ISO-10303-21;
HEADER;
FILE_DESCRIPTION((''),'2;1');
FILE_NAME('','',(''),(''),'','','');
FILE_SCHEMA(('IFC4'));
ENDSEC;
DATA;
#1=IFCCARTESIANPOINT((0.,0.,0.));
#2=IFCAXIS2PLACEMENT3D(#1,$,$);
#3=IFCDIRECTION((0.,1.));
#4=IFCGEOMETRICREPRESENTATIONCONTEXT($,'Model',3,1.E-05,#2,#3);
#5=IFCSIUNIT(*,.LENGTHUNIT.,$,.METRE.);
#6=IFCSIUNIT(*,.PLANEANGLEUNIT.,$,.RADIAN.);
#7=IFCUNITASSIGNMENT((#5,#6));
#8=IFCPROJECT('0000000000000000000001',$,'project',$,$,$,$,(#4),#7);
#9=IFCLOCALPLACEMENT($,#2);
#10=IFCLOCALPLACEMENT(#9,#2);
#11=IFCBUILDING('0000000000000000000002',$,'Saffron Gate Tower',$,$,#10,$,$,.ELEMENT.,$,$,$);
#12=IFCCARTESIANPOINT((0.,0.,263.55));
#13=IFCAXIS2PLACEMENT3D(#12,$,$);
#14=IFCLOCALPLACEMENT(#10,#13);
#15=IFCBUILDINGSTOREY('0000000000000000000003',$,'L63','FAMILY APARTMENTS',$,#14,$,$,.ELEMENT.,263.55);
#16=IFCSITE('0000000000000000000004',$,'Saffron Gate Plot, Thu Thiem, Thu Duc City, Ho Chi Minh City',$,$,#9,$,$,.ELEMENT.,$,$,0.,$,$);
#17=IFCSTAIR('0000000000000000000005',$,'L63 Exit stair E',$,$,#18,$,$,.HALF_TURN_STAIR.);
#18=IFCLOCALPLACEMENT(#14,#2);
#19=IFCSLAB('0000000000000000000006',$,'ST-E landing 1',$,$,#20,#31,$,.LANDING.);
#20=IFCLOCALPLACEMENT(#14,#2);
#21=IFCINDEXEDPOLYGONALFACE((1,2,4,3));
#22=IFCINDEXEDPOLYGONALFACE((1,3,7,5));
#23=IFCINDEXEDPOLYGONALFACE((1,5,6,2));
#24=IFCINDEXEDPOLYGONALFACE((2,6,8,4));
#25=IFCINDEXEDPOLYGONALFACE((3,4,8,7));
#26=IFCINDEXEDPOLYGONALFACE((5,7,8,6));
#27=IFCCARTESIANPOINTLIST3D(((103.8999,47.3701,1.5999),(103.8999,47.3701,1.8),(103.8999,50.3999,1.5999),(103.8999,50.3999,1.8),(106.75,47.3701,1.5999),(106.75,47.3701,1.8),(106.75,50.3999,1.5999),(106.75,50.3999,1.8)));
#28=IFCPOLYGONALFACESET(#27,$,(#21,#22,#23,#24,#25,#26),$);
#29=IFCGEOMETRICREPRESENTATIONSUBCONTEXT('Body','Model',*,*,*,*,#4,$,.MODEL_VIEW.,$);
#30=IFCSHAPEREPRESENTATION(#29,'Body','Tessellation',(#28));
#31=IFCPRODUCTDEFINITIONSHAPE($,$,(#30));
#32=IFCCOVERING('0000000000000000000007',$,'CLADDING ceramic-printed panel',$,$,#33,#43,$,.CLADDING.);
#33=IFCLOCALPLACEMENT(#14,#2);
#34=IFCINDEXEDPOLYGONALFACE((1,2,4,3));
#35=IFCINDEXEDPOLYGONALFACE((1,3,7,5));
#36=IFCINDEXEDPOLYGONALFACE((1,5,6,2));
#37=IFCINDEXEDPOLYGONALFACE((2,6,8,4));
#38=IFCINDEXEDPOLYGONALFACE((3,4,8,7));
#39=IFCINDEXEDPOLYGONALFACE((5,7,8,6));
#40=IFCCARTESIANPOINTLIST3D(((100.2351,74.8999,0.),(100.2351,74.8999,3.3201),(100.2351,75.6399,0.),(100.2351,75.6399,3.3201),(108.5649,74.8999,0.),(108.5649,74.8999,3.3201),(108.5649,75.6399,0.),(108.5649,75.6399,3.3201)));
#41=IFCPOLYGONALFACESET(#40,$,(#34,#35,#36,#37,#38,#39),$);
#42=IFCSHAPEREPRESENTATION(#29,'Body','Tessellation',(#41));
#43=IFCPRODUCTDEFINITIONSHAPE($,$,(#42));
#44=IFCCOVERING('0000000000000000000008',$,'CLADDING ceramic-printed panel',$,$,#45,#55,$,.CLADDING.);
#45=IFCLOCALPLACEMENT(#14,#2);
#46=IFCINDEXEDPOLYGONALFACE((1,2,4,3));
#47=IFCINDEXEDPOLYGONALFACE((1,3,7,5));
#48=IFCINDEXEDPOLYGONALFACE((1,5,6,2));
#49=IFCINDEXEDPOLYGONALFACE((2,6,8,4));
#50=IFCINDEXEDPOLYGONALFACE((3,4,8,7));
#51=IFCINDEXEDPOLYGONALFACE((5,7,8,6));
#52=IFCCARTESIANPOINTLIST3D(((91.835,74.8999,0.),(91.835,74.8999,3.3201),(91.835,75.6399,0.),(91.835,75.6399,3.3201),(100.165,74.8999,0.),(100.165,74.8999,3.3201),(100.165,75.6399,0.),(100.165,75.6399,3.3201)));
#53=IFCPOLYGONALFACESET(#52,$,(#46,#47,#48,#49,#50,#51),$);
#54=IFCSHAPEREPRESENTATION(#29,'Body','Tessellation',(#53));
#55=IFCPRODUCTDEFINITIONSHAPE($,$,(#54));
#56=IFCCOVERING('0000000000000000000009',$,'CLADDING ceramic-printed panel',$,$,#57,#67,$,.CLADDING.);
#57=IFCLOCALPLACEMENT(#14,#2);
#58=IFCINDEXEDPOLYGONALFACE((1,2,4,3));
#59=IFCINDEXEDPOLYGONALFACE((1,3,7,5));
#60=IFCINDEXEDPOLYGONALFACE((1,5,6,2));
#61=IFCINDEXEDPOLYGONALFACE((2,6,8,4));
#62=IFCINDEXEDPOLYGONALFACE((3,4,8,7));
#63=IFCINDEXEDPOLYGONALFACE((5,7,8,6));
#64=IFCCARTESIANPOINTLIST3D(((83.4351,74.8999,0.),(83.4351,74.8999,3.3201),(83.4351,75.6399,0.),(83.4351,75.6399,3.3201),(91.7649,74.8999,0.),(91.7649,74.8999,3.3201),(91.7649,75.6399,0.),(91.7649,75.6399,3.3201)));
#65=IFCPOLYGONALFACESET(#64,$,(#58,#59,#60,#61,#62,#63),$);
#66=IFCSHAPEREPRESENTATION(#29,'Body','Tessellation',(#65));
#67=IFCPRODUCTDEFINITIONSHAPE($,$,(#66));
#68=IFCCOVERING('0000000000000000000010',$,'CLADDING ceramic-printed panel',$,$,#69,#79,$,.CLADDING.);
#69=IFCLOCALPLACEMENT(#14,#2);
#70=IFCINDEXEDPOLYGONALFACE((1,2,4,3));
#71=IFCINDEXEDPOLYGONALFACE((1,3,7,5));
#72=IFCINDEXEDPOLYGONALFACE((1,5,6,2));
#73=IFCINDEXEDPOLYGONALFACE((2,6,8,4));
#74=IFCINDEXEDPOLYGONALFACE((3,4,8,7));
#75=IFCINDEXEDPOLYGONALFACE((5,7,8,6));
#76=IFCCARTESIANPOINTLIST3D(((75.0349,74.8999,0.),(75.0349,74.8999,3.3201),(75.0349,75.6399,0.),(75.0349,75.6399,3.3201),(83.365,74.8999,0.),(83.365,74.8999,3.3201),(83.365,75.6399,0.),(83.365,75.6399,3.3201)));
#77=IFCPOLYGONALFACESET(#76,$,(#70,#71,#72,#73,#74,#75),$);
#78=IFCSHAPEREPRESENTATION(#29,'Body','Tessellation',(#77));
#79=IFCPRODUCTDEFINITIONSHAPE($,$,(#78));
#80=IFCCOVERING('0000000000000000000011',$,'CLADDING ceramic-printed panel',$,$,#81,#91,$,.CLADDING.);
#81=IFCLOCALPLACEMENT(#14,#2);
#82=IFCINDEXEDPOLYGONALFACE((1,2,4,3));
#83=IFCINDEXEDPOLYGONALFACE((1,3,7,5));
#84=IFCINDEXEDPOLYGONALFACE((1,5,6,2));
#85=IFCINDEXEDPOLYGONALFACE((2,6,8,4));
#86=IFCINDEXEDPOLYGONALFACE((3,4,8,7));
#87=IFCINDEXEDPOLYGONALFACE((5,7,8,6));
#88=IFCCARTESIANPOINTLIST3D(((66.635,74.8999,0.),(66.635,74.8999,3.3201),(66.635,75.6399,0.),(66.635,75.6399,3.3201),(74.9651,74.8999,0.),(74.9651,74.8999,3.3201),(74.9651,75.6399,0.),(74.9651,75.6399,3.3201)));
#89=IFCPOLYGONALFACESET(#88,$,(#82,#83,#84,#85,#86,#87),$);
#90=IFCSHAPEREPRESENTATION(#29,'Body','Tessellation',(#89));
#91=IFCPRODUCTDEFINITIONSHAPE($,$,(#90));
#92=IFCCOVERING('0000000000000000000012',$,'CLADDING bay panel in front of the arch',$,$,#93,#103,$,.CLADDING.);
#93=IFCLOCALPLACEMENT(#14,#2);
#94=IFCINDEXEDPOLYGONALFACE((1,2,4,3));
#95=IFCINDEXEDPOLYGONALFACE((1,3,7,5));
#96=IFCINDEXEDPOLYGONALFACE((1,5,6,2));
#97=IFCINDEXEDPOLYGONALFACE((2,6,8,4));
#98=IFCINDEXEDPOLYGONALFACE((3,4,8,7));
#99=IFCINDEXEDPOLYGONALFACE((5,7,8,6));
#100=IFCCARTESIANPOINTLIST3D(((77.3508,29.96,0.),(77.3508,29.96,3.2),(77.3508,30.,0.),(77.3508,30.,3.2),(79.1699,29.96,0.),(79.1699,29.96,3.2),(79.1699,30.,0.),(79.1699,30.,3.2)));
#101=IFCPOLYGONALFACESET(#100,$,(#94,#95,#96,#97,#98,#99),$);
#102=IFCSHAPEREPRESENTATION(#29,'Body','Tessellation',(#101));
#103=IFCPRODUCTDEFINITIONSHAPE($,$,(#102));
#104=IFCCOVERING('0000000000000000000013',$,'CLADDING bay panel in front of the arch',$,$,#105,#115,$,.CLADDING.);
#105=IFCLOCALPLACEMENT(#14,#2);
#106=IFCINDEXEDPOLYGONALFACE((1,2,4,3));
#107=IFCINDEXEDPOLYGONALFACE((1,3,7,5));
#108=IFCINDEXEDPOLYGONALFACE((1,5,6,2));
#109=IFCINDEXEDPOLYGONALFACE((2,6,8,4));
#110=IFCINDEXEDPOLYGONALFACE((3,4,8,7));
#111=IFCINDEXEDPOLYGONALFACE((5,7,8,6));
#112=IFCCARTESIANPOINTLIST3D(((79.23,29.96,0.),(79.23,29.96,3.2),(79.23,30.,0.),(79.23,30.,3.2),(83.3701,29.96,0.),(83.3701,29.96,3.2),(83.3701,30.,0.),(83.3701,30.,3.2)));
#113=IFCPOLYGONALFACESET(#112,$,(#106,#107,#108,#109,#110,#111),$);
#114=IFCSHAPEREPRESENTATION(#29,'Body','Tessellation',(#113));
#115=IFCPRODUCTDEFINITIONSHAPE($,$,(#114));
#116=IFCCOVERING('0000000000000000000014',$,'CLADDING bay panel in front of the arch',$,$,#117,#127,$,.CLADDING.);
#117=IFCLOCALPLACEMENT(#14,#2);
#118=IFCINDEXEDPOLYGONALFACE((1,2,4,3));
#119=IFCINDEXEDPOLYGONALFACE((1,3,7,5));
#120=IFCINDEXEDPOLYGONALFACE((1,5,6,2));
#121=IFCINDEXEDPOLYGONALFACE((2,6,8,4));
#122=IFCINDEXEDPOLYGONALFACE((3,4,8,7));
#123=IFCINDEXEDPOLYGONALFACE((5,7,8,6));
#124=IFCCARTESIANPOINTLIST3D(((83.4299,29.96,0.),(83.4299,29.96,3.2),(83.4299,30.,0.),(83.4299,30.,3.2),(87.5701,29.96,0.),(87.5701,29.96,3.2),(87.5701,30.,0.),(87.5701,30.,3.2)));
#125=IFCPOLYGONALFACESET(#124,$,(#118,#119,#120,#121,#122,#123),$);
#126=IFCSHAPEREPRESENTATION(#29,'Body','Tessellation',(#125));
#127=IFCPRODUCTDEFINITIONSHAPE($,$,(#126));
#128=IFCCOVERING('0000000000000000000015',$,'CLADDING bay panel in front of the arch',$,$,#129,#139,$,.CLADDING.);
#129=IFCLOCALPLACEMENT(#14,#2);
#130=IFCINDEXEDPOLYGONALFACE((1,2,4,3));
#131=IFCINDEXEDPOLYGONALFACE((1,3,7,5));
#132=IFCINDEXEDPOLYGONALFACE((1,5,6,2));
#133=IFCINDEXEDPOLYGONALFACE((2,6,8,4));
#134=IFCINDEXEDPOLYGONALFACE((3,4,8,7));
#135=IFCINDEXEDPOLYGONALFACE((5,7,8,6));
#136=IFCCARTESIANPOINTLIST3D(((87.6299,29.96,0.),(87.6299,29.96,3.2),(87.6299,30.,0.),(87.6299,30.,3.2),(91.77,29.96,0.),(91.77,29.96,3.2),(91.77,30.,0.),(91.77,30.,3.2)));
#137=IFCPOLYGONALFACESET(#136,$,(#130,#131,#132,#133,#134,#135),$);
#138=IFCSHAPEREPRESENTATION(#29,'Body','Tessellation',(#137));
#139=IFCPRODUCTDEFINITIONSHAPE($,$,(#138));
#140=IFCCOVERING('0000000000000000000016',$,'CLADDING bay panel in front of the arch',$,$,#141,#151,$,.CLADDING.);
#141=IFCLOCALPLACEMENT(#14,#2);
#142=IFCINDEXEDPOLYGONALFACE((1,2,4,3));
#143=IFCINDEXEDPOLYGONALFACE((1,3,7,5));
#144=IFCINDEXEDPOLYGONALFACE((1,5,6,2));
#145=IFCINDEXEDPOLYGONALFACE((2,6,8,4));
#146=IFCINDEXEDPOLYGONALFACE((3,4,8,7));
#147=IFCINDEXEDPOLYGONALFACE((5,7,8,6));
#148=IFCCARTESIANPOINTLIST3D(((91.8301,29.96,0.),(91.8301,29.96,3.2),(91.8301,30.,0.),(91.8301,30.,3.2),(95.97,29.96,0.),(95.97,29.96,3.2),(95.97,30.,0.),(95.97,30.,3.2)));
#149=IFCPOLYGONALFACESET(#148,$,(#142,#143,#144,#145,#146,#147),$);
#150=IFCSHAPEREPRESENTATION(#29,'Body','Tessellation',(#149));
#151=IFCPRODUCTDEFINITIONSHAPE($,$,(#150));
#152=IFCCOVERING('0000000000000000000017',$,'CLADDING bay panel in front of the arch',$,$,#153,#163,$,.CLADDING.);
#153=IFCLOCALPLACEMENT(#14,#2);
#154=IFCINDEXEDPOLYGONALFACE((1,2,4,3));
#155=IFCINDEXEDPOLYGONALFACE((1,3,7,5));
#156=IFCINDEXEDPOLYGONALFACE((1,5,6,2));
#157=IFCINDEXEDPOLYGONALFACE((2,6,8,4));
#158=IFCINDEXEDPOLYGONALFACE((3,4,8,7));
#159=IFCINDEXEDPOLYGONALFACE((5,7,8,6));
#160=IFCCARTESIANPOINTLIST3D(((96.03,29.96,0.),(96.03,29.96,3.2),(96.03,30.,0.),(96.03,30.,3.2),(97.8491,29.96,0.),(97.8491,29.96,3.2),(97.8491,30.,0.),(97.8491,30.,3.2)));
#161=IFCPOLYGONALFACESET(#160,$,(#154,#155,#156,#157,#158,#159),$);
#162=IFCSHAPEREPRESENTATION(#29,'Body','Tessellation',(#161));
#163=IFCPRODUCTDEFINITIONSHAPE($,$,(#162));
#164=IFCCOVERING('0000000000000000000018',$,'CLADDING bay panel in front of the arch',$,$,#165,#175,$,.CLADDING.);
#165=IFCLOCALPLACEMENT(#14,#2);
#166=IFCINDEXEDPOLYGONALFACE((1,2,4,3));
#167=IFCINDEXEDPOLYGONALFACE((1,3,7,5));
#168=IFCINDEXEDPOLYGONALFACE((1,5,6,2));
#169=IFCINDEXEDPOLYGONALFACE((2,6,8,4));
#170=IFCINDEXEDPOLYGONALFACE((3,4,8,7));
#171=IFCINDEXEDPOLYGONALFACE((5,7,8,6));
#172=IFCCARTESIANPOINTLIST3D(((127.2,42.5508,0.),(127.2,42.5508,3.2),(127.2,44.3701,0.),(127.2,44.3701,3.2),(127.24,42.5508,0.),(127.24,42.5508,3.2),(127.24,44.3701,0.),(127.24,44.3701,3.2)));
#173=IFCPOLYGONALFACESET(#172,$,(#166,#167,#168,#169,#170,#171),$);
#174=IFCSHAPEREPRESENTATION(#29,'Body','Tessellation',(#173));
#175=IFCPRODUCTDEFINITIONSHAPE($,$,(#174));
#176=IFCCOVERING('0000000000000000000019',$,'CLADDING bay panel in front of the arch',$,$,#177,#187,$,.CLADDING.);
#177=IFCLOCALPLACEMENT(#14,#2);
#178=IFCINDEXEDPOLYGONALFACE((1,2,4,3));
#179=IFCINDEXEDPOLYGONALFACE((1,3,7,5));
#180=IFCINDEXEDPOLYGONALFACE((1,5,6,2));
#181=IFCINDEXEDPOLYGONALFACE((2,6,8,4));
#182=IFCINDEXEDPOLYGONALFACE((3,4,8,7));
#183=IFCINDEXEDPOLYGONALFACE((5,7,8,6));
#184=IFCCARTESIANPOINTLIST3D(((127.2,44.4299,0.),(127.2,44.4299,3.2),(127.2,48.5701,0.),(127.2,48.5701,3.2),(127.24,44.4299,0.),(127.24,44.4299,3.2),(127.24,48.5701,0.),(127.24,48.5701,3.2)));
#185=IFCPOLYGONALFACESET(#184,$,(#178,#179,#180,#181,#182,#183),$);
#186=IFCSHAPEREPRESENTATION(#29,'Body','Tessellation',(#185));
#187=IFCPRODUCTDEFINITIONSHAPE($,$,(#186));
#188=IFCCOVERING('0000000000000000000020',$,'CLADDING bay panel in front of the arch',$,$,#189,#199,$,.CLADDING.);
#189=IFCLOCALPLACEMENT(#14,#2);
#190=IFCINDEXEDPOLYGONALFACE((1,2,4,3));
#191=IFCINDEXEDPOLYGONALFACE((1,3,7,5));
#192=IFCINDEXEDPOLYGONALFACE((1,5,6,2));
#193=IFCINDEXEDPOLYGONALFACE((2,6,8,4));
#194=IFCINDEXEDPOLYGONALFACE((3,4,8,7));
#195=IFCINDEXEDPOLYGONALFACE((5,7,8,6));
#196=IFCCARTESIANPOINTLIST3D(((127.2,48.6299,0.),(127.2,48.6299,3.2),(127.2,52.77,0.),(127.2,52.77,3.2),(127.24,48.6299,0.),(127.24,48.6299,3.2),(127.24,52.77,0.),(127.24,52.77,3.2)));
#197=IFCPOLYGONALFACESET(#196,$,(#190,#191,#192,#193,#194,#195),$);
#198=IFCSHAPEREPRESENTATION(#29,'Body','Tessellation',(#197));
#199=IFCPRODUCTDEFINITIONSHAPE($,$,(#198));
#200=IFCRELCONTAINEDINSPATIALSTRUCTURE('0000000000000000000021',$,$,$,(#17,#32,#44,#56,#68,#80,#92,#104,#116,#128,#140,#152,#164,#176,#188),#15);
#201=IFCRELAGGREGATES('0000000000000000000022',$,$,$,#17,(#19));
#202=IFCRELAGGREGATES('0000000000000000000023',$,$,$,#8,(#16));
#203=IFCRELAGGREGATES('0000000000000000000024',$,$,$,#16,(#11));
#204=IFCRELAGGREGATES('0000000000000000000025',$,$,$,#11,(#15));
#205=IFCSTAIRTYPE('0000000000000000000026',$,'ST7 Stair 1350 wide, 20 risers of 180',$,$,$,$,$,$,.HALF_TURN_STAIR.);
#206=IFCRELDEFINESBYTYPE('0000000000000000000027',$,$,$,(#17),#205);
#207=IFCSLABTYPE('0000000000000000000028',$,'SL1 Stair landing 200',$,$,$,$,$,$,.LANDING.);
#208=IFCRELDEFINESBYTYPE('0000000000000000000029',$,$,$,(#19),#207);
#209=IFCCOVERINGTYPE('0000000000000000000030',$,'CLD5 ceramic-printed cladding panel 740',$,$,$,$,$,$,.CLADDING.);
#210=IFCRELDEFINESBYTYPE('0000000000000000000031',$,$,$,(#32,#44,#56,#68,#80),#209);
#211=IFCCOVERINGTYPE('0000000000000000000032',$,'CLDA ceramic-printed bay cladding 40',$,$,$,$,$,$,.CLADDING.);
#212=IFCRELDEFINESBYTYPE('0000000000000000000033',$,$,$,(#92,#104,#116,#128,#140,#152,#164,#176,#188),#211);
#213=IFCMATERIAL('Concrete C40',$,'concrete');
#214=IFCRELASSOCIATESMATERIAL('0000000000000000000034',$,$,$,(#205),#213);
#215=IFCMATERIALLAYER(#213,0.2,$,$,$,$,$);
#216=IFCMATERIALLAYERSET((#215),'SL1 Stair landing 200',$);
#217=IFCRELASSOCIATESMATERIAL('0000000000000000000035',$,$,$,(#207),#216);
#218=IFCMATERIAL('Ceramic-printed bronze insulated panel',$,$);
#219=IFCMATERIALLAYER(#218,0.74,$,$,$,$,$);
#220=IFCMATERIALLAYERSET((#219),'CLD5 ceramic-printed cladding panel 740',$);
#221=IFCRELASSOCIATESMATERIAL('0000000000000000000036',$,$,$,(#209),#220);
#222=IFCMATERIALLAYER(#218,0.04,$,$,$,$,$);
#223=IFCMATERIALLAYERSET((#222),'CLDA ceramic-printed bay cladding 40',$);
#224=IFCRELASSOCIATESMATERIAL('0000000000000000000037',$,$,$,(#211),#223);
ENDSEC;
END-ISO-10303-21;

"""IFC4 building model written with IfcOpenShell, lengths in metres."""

from ifc_helpers import new_model, si_unit, direction, frame, origin, place, context, subcontext, project, spatial, polyline, outline, extrude, material, layer, layer_set, type_object, element, aggregate, save


model = new_model("IFC4")

# Units and contexts
model_context = context("Model", 3, precision=1e-05, world=origin(), true_north=direction((0.0, 1.0)))
body_context = subcontext(model_context, "Body", "Model", "MODEL_VIEW")
ifc_project = project(units=[si_unit("LENGTHUNIT", "METRE"), si_unit("PLANEANGLEUNIT", "RADIAN")], contexts=[model_context])

# Site, building, storey
site_placement = place(None, origin())
site = spatial("IfcSite", under=ifc_project, at=site_placement, Name="Saffron Gate Plot, Thu Thiem, Thu Duc City, Ho Chi Minh City", CompositionType="ELEMENT", RefElevation=0.0)
building_placement = place(site_placement, origin())
building = spatial("IfcBuilding", under=site, at=building_placement, Name="Saffron Gate Tower", CompositionType="ELEMENT")
storey_placement = place(building_placement, frame((0.0, 0.0, 263.55)))
storey = spatial("IfcBuildingStorey", under=building, at=storey_placement, Name="L63", Description="FAMILY APARTMENTS", CompositionType="ELEMENT", Elevation=263.55)

# Shared definitions
ifc_material_1 = material(Name="Concrete C40", Category="concrete")

# Stair, slab
stair_type = type_object("IfcStairType", Name="ST7 Stair 1350 wide, 20 risers of 180", PredefinedType="HALF_TURN_STAIR", material=ifc_material_1)
ifc_layer_1 = layer(ifc_material_1, 0.2)
ifc_layer_set_1 = layer_set([ifc_layer_1], Name="SL1 Stair landing 200")
slab_type_1 = type_object("IfcSlabType", Name="SL1 Stair landing 200", PredefinedType="LANDING", material=ifc_layer_set_1)
stair_1_placement = place(storey_placement, origin())
stair_1 = element("IfcStair", 1, at=stair_1_placement, inside=storey, type_object=stair_type, Name="L63 Exit stair E", PredefinedType="HALF_TURN_STAIR")
slab_1_placement = place(storey_placement, frame((0.0, 0.0, 1.5999)))
slab_1 = element("IfcSlab", 2, at=slab_1_placement, type_object=slab_type_1, Name="ST-E landing 1", PredefinedType="LANDING", context=body_context, shape_type="SweptSolid", body=[
    extrude(outline(polyline([(106.75, 47.3701), (106.75, 50.3999), (103.8999, 50.3999), (103.8999, 47.3701), (106.75, 47.3701)])), origin(), (0.0, 0.0, 1.0), 0.2002),
])
aggregate(stair_1, [slab_1])

# Coverings
ifc_material_2 = material(Name="Ceramic-printed bronze insulated panel")
ifc_layer_2 = layer(ifc_material_2, 0.74)
ifc_layer_set_2 = layer_set([ifc_layer_2], Name="CLD5 ceramic-printed cladding panel 740")
covering_type_1 = type_object("IfcCoveringType", Name="CLD5 ceramic-printed cladding panel 740", PredefinedType="CLADDING", material=ifc_layer_set_2)
covering_1_placement = place(storey_placement, origin())
element("IfcCovering", 3, at=covering_1_placement, inside=storey, type_object=covering_type_1, Name="CLADDING ceramic-printed panel", PredefinedType="CLADDING", context=body_context, shape_type="SweptSolid", body=[
    extrude(outline(polyline([(108.5649, 75.6399), (100.2351, 75.6399), (100.2351, 74.8999), (108.5649, 74.8999), (108.5649, 75.6399)])), origin(), (0.0, 0.0, 1.0), 3.3201),
])
covering_2_placement = place(storey_placement, origin())
element("IfcCovering", 4, at=covering_2_placement, inside=storey, type_object=covering_type_1, Name="CLADDING ceramic-printed panel", PredefinedType="CLADDING", context=body_context, shape_type="SweptSolid", body=[
    extrude(outline(polyline([(100.165, 75.6399), (91.835, 75.6399), (91.835, 74.8999), (100.165, 74.8999), (100.165, 75.6399)])), origin(), (0.0, 0.0, 1.0), 3.3201),
])
covering_3_placement = place(storey_placement, origin())
element("IfcCovering", 5, at=covering_3_placement, inside=storey, type_object=covering_type_1, Name="CLADDING ceramic-printed panel", PredefinedType="CLADDING", context=body_context, shape_type="SweptSolid", body=[
    extrude(outline(polyline([(91.7649, 75.6399), (83.4351, 75.6399), (83.4351, 74.8999), (91.7649, 74.8999), (91.7649, 75.6399)])), origin(), (0.0, 0.0, 1.0), 3.3201),
])
covering_4_placement = place(storey_placement, origin())
element("IfcCovering", 6, at=covering_4_placement, inside=storey, type_object=covering_type_1, Name="CLADDING ceramic-printed panel", PredefinedType="CLADDING", context=body_context, shape_type="SweptSolid", body=[
    extrude(outline(polyline([(83.365, 75.6399), (75.0349, 75.6399), (75.0349, 74.8999), (83.365, 74.8999), (83.365, 75.6399)])), origin(), (0.0, 0.0, 1.0), 3.3201),
])
covering_5_placement = place(storey_placement, origin())
element("IfcCovering", 7, at=covering_5_placement, inside=storey, type_object=covering_type_1, Name="CLADDING ceramic-printed panel", PredefinedType="CLADDING", context=body_context, shape_type="SweptSolid", body=[
    extrude(outline(polyline([(74.9651, 75.6399), (66.635, 75.6399), (66.635, 74.8999), (74.9651, 74.8999), (74.9651, 75.6399)])), origin(), (0.0, 0.0, 1.0), 3.3201),
])
ifc_layer_3 = layer(ifc_material_2, 0.04)
ifc_layer_set_3 = layer_set([ifc_layer_3], Name="CLDA ceramic-printed bay cladding 40")
covering_type_2 = type_object("IfcCoveringType", Name="CLDA ceramic-printed bay cladding 40", PredefinedType="CLADDING", material=ifc_layer_set_3)
covering_6_placement = place(storey_placement, origin())
element("IfcCovering", 8, at=covering_6_placement, inside=storey, type_object=covering_type_2, Name="CLADDING bay panel in front of the arch", PredefinedType="CLADDING", context=body_context, shape_type="SweptSolid", body=[
    extrude(outline(polyline([(77.3508, 29.96), (79.1699, 29.96), (79.1699, 30.0), (77.3508, 30.0), (77.3508, 29.96)])), origin(), (0.0, 0.0, 1.0), 3.2),
])
covering_7_placement = place(storey_placement, origin())
element("IfcCovering", 9, at=covering_7_placement, inside=storey, type_object=covering_type_2, Name="CLADDING bay panel in front of the arch", PredefinedType="CLADDING", context=body_context, shape_type="SweptSolid", body=[
    extrude(outline(polyline([(79.23, 29.96), (83.3701, 29.96), (83.3701, 30.0), (79.23, 30.0), (79.23, 29.96)])), origin(), (0.0, 0.0, 1.0), 3.2),
])
covering_8_placement = place(storey_placement, origin())
element("IfcCovering", 10, at=covering_8_placement, inside=storey, type_object=covering_type_2, Name="CLADDING bay panel in front of the arch", PredefinedType="CLADDING", context=body_context, shape_type="SweptSolid", body=[
    extrude(outline(polyline([(83.4299, 29.96), (87.5701, 29.96), (87.5701, 30.0), (83.4299, 30.0), (83.4299, 29.96)])), origin(), (0.0, 0.0, 1.0), 3.2),
])
covering_9_placement = place(storey_placement, origin())
element("IfcCovering", 11, at=covering_9_placement, inside=storey, type_object=covering_type_2, Name="CLADDING bay panel in front of the arch", PredefinedType="CLADDING", context=body_context, shape_type="SweptSolid", body=[
    extrude(outline(polyline([(87.6299, 29.96), (91.77, 29.96), (91.77, 30.0), (87.6299, 30.0), (87.6299, 29.96)])), origin(), (0.0, 0.0, 1.0), 3.2),
])
covering_10_placement = place(storey_placement, origin())
element("IfcCovering", 12, at=covering_10_placement, inside=storey, type_object=covering_type_2, Name="CLADDING bay panel in front of the arch", PredefinedType="CLADDING", context=body_context, shape_type="SweptSolid", body=[
    extrude(outline(polyline([(91.8301, 29.96), (95.97, 29.96), (95.97, 30.0), (91.8301, 30.0), (91.8301, 29.96)])), origin(), (0.0, 0.0, 1.0), 3.2),
])
covering_11_placement = place(storey_placement, origin())
element("IfcCovering", 13, at=covering_11_placement, inside=storey, type_object=covering_type_2, Name="CLADDING bay panel in front of the arch", PredefinedType="CLADDING", context=body_context, shape_type="SweptSolid", body=[
    extrude(outline(polyline([(96.03, 29.96), (97.8491, 29.96), (97.8491, 30.0), (96.03, 30.0), (96.03, 29.96)])), origin(), (0.0, 0.0, 1.0), 3.2),
])
covering_12_placement = place(storey_placement, origin())
element("IfcCovering", 14, at=covering_12_placement, inside=storey, type_object=covering_type_2, Name="CLADDING bay panel in front of the arch", PredefinedType="CLADDING", context=body_context, shape_type="SweptSolid", body=[
    extrude(outline(polyline([(127.24, 42.5508), (127.24, 44.3701), (127.2, 44.3701), (127.2, 42.5508), (127.24, 42.5508)])), origin(), (0.0, 0.0, 1.0), 3.2),
])
covering_13_placement = place(storey_placement, origin())
element("IfcCovering", 15, at=covering_13_placement, inside=storey, type_object=covering_type_2, Name="CLADDING bay panel in front of the arch", PredefinedType="CLADDING", context=body_context, shape_type="SweptSolid", body=[
    extrude(outline(polyline([(127.24, 44.4299), (127.24, 48.5701), (127.2, 48.5701), (127.2, 44.4299), (127.24, 44.4299)])), origin(), (0.0, 0.0, 1.0), 3.2),
])
covering_14_placement = place(storey_placement, origin())
element("IfcCovering", 16, at=covering_14_placement, inside=storey, type_object=covering_type_2, Name="CLADDING bay panel in front of the arch", PredefinedType="CLADDING", context=body_context, shape_type="SweptSolid", body=[
    extrude(outline(polyline([(127.24, 48.6299), (127.24, 52.77), (127.2, 52.77), (127.2, 48.6299), (127.24, 48.6299)])), origin(), (0.0, 0.0, 1.0), 3.2),
])

save(model, "model.ifc")
